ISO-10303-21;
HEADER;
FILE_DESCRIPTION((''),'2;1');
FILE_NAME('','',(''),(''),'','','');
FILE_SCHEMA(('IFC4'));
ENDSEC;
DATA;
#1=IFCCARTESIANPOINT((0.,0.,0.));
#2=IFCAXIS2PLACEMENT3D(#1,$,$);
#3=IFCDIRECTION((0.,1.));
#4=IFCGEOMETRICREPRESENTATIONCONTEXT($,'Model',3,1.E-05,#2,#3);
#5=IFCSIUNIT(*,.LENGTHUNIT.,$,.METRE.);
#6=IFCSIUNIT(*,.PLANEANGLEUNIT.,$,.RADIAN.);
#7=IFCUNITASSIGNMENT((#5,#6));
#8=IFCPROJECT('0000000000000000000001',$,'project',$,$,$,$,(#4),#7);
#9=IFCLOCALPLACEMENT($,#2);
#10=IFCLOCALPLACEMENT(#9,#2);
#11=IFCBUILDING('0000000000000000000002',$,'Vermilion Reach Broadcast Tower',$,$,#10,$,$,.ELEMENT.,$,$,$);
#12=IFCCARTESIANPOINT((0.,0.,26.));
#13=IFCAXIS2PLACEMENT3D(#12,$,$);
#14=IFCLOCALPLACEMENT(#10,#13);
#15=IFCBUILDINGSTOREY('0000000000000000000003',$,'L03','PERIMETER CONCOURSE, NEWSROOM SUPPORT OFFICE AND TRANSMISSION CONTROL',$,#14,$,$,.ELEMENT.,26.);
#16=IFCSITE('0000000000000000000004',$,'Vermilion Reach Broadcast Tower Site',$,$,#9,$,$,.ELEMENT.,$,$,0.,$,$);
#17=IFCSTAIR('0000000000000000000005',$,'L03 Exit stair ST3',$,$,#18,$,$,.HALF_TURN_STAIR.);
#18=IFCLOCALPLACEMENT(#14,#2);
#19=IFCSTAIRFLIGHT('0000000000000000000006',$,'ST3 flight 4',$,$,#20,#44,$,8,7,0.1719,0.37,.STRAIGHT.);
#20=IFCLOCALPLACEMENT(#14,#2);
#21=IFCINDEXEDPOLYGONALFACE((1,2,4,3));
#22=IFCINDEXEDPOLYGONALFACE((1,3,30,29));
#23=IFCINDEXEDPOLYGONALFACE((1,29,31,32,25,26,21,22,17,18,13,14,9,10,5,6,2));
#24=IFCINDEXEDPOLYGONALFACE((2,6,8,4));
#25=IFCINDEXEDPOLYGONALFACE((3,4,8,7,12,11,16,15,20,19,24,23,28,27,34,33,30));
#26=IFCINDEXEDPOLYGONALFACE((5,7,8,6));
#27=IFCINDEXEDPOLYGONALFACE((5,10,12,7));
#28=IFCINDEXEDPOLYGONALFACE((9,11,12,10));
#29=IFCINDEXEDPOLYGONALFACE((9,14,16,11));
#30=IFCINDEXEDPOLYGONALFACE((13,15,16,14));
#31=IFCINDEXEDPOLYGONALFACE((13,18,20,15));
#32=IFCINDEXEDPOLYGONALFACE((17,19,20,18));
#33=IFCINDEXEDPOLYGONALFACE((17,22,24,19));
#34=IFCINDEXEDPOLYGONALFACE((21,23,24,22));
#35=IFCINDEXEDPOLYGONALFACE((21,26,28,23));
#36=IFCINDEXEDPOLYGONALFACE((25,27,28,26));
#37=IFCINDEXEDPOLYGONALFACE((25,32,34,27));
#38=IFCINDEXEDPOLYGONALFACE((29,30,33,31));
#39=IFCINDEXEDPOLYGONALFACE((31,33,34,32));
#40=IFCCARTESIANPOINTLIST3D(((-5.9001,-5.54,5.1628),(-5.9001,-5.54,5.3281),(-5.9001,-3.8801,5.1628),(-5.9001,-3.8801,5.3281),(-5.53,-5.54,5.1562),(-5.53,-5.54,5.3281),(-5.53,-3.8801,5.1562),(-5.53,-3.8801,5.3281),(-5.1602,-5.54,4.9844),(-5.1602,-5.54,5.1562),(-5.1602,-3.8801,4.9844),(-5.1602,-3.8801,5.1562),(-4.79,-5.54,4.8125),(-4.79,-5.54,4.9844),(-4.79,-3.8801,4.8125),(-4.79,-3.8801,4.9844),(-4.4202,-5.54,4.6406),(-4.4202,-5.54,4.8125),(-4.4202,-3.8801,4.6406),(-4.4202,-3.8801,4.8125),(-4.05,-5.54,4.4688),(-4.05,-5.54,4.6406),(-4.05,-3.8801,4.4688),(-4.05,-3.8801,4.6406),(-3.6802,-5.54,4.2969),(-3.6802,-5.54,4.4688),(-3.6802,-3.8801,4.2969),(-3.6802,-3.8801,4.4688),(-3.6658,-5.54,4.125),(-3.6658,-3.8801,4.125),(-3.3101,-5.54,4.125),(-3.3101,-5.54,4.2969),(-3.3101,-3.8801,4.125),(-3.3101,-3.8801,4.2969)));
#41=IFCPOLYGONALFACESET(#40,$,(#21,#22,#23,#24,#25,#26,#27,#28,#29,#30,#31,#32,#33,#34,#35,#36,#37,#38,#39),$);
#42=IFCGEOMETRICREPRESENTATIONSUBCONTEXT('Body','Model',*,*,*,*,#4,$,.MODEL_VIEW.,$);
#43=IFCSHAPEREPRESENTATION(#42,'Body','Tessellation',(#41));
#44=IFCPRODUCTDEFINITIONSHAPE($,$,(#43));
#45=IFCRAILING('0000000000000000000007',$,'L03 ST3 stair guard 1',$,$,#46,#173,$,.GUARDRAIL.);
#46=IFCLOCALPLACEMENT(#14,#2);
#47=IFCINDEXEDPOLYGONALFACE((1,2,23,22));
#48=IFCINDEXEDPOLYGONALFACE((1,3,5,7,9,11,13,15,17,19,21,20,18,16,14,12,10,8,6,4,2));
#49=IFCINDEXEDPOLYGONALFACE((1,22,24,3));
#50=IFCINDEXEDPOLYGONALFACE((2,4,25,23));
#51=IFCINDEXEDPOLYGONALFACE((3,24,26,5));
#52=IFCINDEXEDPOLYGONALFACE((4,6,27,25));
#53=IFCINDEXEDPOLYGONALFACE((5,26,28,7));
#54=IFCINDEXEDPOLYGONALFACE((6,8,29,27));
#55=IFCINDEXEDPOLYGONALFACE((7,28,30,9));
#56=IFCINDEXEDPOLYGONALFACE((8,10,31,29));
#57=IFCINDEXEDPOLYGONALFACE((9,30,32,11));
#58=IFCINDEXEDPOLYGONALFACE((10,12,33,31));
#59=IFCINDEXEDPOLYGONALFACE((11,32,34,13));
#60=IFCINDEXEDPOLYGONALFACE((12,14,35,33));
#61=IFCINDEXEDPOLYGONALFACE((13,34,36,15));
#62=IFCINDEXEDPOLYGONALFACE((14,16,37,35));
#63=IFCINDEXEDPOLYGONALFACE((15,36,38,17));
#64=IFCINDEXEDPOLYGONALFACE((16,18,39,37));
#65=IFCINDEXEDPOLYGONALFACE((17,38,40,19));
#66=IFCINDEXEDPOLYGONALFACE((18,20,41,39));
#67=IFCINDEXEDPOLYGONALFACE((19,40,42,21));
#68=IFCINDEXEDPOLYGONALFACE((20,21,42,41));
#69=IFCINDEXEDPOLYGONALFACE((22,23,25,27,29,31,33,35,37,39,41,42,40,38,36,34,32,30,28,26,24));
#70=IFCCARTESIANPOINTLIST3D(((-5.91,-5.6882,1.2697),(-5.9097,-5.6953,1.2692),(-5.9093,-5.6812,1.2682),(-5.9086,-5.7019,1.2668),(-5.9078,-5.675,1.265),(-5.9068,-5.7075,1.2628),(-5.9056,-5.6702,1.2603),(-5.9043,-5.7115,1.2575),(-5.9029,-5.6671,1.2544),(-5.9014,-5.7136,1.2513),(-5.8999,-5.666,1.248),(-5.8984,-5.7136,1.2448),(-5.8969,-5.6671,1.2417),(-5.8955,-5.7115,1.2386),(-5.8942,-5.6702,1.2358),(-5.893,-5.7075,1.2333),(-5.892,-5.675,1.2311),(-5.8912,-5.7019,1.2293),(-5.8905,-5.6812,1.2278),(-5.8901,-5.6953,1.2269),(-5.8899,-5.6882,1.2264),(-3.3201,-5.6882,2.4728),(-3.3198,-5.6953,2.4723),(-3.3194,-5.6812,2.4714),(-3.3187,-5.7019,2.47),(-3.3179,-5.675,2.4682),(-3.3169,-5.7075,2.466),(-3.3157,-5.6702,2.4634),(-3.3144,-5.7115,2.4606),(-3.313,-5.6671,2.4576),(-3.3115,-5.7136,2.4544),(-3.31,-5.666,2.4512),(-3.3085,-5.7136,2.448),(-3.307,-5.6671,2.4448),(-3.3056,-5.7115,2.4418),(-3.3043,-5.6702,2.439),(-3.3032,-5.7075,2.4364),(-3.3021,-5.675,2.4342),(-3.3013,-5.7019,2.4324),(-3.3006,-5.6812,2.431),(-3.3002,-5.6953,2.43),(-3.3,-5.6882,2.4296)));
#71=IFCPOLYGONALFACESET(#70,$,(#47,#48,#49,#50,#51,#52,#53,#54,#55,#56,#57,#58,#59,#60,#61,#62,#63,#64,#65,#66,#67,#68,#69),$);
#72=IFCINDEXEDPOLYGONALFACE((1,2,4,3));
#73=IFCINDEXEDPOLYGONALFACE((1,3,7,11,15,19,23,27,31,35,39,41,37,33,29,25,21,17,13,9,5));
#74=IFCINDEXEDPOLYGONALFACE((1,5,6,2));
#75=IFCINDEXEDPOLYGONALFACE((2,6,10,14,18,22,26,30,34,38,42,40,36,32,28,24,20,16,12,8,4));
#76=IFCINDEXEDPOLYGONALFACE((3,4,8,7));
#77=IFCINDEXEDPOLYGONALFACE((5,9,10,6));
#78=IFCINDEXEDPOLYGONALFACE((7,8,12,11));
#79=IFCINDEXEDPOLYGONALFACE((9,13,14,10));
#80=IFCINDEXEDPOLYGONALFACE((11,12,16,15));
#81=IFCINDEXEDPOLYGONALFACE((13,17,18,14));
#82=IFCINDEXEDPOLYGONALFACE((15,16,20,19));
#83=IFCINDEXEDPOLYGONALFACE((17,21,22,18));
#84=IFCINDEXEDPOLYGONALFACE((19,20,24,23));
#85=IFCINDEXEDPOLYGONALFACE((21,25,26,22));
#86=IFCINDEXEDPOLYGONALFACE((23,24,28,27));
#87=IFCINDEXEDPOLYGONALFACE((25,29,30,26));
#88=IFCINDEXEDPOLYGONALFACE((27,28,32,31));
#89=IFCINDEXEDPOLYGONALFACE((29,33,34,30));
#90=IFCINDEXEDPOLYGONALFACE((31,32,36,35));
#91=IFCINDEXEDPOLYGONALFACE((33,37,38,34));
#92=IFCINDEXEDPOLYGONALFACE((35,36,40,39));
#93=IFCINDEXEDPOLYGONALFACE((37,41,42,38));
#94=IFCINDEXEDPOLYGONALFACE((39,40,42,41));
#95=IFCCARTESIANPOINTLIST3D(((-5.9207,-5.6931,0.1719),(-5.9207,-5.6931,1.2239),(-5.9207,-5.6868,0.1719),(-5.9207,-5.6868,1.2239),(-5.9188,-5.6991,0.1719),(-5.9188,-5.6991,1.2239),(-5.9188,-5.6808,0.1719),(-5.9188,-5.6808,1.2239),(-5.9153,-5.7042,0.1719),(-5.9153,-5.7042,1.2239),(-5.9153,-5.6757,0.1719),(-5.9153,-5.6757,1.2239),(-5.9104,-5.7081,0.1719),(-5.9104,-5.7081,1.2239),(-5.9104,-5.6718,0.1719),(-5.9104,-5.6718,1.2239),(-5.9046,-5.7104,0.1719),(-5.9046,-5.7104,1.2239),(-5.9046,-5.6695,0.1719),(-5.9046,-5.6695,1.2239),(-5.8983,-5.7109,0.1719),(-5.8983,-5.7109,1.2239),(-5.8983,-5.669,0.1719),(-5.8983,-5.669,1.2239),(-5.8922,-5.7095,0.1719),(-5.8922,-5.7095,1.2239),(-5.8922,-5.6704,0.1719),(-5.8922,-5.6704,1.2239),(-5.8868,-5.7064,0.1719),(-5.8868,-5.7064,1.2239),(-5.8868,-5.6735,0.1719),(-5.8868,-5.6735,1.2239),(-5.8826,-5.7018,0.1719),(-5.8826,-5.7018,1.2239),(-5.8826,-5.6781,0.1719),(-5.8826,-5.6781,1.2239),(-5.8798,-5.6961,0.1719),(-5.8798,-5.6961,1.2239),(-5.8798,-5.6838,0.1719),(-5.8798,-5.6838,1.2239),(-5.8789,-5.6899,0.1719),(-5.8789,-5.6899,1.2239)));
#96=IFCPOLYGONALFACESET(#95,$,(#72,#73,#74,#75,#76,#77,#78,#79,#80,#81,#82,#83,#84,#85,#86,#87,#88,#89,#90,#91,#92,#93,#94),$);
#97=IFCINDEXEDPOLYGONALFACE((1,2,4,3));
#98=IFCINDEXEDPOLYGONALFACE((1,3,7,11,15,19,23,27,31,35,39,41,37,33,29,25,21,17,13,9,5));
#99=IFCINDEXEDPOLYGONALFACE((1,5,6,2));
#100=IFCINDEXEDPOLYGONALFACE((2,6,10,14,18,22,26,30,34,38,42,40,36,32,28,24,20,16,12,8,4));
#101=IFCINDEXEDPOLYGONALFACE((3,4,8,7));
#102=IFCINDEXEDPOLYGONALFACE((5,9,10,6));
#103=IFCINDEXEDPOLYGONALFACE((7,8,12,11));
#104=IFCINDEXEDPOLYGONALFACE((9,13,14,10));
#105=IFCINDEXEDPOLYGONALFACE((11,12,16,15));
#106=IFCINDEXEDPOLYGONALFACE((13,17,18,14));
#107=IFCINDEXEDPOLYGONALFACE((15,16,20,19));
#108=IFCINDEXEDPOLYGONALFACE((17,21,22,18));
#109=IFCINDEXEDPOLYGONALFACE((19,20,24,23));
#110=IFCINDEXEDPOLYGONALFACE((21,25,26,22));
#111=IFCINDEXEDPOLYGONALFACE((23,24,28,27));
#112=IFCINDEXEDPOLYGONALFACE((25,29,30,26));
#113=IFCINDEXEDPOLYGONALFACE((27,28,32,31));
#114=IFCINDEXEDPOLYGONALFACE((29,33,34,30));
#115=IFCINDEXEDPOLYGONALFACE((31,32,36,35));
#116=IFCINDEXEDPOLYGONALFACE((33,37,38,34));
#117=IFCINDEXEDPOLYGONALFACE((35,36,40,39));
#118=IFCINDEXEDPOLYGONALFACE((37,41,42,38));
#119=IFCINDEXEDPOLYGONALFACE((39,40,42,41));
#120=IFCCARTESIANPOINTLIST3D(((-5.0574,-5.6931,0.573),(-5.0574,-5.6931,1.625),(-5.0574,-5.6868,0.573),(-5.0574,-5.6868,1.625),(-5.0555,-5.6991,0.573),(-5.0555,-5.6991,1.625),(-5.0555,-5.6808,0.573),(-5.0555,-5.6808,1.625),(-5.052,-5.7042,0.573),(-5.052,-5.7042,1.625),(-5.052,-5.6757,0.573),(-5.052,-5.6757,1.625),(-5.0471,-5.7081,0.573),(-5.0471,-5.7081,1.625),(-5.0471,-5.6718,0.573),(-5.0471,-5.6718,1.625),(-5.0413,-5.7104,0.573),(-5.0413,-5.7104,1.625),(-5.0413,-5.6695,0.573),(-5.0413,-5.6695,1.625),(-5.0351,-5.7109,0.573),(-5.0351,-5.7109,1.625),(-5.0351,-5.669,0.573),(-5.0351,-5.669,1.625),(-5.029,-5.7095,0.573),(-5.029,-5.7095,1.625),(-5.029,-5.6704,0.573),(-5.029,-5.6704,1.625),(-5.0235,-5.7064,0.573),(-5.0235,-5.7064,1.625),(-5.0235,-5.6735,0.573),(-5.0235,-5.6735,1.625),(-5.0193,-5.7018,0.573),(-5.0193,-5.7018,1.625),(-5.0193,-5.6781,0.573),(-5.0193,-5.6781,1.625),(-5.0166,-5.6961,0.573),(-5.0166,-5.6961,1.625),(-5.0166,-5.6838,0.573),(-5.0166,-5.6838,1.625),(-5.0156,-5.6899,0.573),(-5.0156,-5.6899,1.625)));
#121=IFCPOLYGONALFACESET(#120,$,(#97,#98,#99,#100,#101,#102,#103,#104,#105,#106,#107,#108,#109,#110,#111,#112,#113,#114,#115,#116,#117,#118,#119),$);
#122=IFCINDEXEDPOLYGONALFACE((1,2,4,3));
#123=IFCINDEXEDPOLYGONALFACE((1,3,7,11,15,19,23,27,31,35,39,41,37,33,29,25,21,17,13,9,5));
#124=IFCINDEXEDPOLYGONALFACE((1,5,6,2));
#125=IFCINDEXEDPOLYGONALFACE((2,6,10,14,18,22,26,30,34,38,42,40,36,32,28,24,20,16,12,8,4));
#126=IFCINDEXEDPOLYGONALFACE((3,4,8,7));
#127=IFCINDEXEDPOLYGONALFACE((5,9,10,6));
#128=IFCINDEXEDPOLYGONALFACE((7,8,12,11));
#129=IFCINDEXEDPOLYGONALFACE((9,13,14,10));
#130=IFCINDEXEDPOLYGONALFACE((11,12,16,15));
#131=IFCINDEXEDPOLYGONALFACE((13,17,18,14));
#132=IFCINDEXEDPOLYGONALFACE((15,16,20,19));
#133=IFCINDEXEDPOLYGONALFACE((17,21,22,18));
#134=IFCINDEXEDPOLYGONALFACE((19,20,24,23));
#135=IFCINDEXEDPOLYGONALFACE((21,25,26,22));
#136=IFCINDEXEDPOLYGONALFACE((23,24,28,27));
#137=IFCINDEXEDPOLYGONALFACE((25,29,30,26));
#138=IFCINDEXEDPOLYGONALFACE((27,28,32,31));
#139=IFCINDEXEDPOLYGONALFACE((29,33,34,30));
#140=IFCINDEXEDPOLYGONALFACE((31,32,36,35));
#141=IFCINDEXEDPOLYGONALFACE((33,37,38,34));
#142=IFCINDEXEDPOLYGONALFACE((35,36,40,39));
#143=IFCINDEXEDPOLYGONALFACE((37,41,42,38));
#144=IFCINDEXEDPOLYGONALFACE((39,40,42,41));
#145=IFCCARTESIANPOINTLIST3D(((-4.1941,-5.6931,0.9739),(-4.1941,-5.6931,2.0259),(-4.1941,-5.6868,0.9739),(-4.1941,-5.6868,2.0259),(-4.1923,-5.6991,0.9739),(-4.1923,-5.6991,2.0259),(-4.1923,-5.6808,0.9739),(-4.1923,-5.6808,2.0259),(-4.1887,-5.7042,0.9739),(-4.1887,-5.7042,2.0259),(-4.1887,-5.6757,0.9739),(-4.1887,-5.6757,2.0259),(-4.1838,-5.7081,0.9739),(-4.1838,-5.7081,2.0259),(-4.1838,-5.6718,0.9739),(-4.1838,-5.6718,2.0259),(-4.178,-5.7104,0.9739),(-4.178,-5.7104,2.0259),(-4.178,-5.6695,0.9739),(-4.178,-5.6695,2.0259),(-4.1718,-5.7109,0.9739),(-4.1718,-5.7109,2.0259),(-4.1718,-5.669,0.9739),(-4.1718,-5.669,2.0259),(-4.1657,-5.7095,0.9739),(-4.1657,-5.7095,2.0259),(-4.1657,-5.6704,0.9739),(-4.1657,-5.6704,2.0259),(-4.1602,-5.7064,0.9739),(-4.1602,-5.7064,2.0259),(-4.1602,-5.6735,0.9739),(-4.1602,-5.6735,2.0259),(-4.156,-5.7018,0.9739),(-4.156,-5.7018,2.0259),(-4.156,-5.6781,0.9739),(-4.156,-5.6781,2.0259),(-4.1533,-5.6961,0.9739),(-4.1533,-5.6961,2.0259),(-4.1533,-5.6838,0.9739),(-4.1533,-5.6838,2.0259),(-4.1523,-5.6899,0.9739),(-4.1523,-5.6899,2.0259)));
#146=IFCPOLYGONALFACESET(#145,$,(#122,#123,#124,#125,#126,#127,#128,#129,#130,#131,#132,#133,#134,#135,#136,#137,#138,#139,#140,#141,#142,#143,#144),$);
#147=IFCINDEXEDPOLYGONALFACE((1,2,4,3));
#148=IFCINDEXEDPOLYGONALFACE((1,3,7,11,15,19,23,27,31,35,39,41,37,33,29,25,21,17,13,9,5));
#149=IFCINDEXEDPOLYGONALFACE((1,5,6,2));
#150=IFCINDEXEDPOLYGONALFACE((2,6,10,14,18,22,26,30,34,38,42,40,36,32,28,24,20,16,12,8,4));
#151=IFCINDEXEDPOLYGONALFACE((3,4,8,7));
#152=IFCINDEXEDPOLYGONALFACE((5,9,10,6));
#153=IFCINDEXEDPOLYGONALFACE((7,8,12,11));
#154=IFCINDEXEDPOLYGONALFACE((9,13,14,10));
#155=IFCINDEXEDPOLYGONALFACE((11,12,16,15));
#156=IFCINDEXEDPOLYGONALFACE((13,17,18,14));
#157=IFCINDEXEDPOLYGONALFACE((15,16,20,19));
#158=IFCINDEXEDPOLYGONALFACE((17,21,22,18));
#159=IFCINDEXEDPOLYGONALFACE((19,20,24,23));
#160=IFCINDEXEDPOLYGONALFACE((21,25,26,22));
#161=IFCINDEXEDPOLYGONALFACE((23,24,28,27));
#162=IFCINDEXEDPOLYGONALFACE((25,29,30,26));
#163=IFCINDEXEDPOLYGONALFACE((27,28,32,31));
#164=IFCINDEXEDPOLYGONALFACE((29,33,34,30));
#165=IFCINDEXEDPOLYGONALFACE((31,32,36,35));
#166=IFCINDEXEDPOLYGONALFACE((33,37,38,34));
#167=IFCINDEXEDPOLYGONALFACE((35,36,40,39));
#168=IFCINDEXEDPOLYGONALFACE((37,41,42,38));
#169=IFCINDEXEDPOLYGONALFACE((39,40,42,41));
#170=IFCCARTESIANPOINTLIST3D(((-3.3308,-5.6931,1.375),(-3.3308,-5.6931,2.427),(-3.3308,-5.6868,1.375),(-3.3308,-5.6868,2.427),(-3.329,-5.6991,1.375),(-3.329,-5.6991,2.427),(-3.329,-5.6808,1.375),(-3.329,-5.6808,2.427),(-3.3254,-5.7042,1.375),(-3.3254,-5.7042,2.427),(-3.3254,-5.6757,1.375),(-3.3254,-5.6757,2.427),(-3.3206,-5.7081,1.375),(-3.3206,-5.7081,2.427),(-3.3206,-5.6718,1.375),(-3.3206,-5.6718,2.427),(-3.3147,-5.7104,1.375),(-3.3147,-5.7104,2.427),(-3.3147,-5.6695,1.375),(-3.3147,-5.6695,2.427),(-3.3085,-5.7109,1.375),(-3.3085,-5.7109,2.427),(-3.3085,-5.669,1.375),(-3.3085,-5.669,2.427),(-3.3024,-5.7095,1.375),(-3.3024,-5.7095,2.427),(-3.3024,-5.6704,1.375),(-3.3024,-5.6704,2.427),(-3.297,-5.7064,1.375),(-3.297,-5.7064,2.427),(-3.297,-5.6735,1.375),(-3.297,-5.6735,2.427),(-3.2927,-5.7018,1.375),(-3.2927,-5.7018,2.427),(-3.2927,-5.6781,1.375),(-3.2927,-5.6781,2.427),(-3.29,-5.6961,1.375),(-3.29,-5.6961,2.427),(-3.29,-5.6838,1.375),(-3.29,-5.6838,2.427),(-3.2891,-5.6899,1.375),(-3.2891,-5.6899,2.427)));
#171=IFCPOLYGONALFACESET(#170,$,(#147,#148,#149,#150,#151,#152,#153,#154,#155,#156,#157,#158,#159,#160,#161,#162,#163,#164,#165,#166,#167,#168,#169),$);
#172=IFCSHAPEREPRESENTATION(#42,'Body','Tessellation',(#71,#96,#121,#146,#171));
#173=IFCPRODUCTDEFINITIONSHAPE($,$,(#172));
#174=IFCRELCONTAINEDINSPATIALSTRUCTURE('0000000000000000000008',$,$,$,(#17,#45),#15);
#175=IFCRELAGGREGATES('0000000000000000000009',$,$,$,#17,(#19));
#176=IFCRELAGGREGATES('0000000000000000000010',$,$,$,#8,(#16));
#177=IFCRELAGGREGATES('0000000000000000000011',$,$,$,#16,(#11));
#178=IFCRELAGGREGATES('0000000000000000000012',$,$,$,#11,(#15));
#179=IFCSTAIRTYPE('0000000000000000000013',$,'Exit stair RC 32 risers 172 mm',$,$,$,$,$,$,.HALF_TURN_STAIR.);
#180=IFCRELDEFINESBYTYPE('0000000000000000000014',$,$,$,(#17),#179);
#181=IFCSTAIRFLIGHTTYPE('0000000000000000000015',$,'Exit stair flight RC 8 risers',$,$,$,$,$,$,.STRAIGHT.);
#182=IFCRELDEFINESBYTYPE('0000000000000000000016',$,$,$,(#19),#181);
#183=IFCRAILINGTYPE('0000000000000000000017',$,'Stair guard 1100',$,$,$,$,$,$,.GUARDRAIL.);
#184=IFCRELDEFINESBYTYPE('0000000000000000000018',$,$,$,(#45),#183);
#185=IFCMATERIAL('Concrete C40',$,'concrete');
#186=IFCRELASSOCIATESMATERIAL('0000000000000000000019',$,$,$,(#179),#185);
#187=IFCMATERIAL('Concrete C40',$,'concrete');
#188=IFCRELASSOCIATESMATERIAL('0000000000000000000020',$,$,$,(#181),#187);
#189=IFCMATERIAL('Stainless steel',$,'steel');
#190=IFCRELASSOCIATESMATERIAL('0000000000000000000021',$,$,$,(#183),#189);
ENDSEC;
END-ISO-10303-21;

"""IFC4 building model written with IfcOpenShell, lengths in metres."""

from ifc_helpers import new_model, si_unit, direction, frame, origin, origin_2d, place, context, subcontext, project, spatial, polyline, circle, outline, extrude, material, type_object, element, aggregate, save


model = new_model("IFC4")

# Units and contexts
model_context = context("Model", 3, precision=1e-05, world=origin(), true_north=direction((0.0, 1.0)))
body_context = subcontext(model_context, "Body", "Model", "MODEL_VIEW")
ifc_project = project(units=[si_unit("LENGTHUNIT", "METRE"), si_unit("PLANEANGLEUNIT", "RADIAN")], contexts=[model_context])

# Site, building, storey
site_placement = place(None, origin())
site = spatial("IfcSite", under=ifc_project, at=site_placement, Name="Vermilion Reach Broadcast Tower Site", CompositionType="ELEMENT", RefElevation=0.0)
building_placement = place(site_placement, origin())
building = spatial("IfcBuilding", under=site, at=building_placement, Name="Vermilion Reach Broadcast Tower", CompositionType="ELEMENT")
storey_placement = place(building_placement, frame((0.0, 0.0, 26.0)))
storey = spatial("IfcBuildingStorey", under=building, at=storey_placement, Name="L03", Description="PERIMETER CONCOURSE, NEWSROOM SUPPORT OFFICE AND TRANSMISSION CONTROL", CompositionType="ELEMENT", Elevation=26.0)

# Stair
ifc_material_1 = material(Name="Concrete C40", Category="concrete")
stair_type = type_object("IfcStairType", Name="Exit stair RC 32 risers 172 mm", PredefinedType="HALF_TURN_STAIR", material=ifc_material_1)
placement_1 = place(storey_placement, origin())
stair_1 = element("IfcStair", 1, at=placement_1, inside=storey, type_object=stair_type, Name="L03 Exit stair ST3", PredefinedType="HALF_TURN_STAIR")

# Stair flight
ifc_material_2 = material(Name="Concrete C40", Category="concrete")
stair_flight_type = type_object("IfcStairFlightType", Name="Exit stair flight RC 8 risers", PredefinedType="STRAIGHT", material=ifc_material_2)
stair_flight_1_placement = place(storey_placement, frame((-3.3101, -4.71, 4.125), z_axis=(0.0, 0.0, 1.0), x_axis=(-1.0, 0.0, 0.0)))
stair_flight_1 = element("IfcStairFlight", 2, at=stair_flight_1_placement, type_object=stair_flight_type, Name="ST3 flight 4", NumberOfRisers=8, NumberOfTreads=7, PredefinedType="STRAIGHT", RiserHeight=0.1719, TreadLength=0.37, context=body_context, shape_type="SweptSolid", body=[
    extrude(outline(polyline([(0.0, 0.0), (0.0, 0.1719), (0.3701, 0.1719), (0.3701, 0.3438), (0.74, 0.3438), (0.74, 0.5156), (1.1101, 0.5156), (1.1101, 0.6875), (1.48, 0.6875), (1.48, 0.8594), (1.8501, 0.8594), (1.8501, 1.0312), (2.22, 1.0312), (2.22, 1.2031), (2.5901, 1.2031), (2.5901, 1.375), (2.5901, 1.0378), (0.3557, 0.0), (0.0, 0.0)])), frame((0.0, 0.8301, 0.0), z_axis=(0.0, -1.0, 0.0), x_axis=(1.0, 0.0, 0.0)), (0.0, 0.0, 1.0), 1.6599),
])
aggregate(stair_1, [stair_flight_1])

# Railing
ifc_material_3 = material(Name="Stainless steel", Category="steel")
railing_type_1 = type_object("IfcRailingType", Name="Stair guard 1100", PredefinedType="GUARDRAIL", material=ifc_material_3)
railing_1_placement = place(storey_placement, frame((-5.8999, -5.6899, 0.1719)))
element("IfcRailing", 3, at=railing_1_placement, inside=storey, type_object=railing_type_1, Name="L03 ST3 stair guard 1", PredefinedType="GUARDRAIL", context=body_context, shape_type="SweptSolid", body=[
    extrude(circle(Radius=0.0239, at=origin_2d()), frame((0.0, 0.0, 1.0762), z_axis=(0.906916, 0.0, 0.421312), x_axis=(0.0, 1.0, 0.0)), (0.0, 0.0, 1.0), 2.8557),
    extrude(circle(Radius=0.021, at=origin_2d()), origin(), (0.0, 0.0, 1.0), 1.052),
    extrude(circle(Radius=0.021, at=origin_2d()), frame((0.8633, 0.0, 0.4011)), (0.0, 0.0, 1.0), 1.052),
    extrude(circle(Radius=0.021, at=origin_2d()), frame((1.7266, 0.0, 0.802)), (0.0, 0.0, 1.0), 1.052),
    extrude(circle(Radius=0.021, at=origin_2d()), frame((2.5898, 0.0, 1.2031)), (0.0, 0.0, 1.0), 1.052),
])

save(model, "model.ifc")
